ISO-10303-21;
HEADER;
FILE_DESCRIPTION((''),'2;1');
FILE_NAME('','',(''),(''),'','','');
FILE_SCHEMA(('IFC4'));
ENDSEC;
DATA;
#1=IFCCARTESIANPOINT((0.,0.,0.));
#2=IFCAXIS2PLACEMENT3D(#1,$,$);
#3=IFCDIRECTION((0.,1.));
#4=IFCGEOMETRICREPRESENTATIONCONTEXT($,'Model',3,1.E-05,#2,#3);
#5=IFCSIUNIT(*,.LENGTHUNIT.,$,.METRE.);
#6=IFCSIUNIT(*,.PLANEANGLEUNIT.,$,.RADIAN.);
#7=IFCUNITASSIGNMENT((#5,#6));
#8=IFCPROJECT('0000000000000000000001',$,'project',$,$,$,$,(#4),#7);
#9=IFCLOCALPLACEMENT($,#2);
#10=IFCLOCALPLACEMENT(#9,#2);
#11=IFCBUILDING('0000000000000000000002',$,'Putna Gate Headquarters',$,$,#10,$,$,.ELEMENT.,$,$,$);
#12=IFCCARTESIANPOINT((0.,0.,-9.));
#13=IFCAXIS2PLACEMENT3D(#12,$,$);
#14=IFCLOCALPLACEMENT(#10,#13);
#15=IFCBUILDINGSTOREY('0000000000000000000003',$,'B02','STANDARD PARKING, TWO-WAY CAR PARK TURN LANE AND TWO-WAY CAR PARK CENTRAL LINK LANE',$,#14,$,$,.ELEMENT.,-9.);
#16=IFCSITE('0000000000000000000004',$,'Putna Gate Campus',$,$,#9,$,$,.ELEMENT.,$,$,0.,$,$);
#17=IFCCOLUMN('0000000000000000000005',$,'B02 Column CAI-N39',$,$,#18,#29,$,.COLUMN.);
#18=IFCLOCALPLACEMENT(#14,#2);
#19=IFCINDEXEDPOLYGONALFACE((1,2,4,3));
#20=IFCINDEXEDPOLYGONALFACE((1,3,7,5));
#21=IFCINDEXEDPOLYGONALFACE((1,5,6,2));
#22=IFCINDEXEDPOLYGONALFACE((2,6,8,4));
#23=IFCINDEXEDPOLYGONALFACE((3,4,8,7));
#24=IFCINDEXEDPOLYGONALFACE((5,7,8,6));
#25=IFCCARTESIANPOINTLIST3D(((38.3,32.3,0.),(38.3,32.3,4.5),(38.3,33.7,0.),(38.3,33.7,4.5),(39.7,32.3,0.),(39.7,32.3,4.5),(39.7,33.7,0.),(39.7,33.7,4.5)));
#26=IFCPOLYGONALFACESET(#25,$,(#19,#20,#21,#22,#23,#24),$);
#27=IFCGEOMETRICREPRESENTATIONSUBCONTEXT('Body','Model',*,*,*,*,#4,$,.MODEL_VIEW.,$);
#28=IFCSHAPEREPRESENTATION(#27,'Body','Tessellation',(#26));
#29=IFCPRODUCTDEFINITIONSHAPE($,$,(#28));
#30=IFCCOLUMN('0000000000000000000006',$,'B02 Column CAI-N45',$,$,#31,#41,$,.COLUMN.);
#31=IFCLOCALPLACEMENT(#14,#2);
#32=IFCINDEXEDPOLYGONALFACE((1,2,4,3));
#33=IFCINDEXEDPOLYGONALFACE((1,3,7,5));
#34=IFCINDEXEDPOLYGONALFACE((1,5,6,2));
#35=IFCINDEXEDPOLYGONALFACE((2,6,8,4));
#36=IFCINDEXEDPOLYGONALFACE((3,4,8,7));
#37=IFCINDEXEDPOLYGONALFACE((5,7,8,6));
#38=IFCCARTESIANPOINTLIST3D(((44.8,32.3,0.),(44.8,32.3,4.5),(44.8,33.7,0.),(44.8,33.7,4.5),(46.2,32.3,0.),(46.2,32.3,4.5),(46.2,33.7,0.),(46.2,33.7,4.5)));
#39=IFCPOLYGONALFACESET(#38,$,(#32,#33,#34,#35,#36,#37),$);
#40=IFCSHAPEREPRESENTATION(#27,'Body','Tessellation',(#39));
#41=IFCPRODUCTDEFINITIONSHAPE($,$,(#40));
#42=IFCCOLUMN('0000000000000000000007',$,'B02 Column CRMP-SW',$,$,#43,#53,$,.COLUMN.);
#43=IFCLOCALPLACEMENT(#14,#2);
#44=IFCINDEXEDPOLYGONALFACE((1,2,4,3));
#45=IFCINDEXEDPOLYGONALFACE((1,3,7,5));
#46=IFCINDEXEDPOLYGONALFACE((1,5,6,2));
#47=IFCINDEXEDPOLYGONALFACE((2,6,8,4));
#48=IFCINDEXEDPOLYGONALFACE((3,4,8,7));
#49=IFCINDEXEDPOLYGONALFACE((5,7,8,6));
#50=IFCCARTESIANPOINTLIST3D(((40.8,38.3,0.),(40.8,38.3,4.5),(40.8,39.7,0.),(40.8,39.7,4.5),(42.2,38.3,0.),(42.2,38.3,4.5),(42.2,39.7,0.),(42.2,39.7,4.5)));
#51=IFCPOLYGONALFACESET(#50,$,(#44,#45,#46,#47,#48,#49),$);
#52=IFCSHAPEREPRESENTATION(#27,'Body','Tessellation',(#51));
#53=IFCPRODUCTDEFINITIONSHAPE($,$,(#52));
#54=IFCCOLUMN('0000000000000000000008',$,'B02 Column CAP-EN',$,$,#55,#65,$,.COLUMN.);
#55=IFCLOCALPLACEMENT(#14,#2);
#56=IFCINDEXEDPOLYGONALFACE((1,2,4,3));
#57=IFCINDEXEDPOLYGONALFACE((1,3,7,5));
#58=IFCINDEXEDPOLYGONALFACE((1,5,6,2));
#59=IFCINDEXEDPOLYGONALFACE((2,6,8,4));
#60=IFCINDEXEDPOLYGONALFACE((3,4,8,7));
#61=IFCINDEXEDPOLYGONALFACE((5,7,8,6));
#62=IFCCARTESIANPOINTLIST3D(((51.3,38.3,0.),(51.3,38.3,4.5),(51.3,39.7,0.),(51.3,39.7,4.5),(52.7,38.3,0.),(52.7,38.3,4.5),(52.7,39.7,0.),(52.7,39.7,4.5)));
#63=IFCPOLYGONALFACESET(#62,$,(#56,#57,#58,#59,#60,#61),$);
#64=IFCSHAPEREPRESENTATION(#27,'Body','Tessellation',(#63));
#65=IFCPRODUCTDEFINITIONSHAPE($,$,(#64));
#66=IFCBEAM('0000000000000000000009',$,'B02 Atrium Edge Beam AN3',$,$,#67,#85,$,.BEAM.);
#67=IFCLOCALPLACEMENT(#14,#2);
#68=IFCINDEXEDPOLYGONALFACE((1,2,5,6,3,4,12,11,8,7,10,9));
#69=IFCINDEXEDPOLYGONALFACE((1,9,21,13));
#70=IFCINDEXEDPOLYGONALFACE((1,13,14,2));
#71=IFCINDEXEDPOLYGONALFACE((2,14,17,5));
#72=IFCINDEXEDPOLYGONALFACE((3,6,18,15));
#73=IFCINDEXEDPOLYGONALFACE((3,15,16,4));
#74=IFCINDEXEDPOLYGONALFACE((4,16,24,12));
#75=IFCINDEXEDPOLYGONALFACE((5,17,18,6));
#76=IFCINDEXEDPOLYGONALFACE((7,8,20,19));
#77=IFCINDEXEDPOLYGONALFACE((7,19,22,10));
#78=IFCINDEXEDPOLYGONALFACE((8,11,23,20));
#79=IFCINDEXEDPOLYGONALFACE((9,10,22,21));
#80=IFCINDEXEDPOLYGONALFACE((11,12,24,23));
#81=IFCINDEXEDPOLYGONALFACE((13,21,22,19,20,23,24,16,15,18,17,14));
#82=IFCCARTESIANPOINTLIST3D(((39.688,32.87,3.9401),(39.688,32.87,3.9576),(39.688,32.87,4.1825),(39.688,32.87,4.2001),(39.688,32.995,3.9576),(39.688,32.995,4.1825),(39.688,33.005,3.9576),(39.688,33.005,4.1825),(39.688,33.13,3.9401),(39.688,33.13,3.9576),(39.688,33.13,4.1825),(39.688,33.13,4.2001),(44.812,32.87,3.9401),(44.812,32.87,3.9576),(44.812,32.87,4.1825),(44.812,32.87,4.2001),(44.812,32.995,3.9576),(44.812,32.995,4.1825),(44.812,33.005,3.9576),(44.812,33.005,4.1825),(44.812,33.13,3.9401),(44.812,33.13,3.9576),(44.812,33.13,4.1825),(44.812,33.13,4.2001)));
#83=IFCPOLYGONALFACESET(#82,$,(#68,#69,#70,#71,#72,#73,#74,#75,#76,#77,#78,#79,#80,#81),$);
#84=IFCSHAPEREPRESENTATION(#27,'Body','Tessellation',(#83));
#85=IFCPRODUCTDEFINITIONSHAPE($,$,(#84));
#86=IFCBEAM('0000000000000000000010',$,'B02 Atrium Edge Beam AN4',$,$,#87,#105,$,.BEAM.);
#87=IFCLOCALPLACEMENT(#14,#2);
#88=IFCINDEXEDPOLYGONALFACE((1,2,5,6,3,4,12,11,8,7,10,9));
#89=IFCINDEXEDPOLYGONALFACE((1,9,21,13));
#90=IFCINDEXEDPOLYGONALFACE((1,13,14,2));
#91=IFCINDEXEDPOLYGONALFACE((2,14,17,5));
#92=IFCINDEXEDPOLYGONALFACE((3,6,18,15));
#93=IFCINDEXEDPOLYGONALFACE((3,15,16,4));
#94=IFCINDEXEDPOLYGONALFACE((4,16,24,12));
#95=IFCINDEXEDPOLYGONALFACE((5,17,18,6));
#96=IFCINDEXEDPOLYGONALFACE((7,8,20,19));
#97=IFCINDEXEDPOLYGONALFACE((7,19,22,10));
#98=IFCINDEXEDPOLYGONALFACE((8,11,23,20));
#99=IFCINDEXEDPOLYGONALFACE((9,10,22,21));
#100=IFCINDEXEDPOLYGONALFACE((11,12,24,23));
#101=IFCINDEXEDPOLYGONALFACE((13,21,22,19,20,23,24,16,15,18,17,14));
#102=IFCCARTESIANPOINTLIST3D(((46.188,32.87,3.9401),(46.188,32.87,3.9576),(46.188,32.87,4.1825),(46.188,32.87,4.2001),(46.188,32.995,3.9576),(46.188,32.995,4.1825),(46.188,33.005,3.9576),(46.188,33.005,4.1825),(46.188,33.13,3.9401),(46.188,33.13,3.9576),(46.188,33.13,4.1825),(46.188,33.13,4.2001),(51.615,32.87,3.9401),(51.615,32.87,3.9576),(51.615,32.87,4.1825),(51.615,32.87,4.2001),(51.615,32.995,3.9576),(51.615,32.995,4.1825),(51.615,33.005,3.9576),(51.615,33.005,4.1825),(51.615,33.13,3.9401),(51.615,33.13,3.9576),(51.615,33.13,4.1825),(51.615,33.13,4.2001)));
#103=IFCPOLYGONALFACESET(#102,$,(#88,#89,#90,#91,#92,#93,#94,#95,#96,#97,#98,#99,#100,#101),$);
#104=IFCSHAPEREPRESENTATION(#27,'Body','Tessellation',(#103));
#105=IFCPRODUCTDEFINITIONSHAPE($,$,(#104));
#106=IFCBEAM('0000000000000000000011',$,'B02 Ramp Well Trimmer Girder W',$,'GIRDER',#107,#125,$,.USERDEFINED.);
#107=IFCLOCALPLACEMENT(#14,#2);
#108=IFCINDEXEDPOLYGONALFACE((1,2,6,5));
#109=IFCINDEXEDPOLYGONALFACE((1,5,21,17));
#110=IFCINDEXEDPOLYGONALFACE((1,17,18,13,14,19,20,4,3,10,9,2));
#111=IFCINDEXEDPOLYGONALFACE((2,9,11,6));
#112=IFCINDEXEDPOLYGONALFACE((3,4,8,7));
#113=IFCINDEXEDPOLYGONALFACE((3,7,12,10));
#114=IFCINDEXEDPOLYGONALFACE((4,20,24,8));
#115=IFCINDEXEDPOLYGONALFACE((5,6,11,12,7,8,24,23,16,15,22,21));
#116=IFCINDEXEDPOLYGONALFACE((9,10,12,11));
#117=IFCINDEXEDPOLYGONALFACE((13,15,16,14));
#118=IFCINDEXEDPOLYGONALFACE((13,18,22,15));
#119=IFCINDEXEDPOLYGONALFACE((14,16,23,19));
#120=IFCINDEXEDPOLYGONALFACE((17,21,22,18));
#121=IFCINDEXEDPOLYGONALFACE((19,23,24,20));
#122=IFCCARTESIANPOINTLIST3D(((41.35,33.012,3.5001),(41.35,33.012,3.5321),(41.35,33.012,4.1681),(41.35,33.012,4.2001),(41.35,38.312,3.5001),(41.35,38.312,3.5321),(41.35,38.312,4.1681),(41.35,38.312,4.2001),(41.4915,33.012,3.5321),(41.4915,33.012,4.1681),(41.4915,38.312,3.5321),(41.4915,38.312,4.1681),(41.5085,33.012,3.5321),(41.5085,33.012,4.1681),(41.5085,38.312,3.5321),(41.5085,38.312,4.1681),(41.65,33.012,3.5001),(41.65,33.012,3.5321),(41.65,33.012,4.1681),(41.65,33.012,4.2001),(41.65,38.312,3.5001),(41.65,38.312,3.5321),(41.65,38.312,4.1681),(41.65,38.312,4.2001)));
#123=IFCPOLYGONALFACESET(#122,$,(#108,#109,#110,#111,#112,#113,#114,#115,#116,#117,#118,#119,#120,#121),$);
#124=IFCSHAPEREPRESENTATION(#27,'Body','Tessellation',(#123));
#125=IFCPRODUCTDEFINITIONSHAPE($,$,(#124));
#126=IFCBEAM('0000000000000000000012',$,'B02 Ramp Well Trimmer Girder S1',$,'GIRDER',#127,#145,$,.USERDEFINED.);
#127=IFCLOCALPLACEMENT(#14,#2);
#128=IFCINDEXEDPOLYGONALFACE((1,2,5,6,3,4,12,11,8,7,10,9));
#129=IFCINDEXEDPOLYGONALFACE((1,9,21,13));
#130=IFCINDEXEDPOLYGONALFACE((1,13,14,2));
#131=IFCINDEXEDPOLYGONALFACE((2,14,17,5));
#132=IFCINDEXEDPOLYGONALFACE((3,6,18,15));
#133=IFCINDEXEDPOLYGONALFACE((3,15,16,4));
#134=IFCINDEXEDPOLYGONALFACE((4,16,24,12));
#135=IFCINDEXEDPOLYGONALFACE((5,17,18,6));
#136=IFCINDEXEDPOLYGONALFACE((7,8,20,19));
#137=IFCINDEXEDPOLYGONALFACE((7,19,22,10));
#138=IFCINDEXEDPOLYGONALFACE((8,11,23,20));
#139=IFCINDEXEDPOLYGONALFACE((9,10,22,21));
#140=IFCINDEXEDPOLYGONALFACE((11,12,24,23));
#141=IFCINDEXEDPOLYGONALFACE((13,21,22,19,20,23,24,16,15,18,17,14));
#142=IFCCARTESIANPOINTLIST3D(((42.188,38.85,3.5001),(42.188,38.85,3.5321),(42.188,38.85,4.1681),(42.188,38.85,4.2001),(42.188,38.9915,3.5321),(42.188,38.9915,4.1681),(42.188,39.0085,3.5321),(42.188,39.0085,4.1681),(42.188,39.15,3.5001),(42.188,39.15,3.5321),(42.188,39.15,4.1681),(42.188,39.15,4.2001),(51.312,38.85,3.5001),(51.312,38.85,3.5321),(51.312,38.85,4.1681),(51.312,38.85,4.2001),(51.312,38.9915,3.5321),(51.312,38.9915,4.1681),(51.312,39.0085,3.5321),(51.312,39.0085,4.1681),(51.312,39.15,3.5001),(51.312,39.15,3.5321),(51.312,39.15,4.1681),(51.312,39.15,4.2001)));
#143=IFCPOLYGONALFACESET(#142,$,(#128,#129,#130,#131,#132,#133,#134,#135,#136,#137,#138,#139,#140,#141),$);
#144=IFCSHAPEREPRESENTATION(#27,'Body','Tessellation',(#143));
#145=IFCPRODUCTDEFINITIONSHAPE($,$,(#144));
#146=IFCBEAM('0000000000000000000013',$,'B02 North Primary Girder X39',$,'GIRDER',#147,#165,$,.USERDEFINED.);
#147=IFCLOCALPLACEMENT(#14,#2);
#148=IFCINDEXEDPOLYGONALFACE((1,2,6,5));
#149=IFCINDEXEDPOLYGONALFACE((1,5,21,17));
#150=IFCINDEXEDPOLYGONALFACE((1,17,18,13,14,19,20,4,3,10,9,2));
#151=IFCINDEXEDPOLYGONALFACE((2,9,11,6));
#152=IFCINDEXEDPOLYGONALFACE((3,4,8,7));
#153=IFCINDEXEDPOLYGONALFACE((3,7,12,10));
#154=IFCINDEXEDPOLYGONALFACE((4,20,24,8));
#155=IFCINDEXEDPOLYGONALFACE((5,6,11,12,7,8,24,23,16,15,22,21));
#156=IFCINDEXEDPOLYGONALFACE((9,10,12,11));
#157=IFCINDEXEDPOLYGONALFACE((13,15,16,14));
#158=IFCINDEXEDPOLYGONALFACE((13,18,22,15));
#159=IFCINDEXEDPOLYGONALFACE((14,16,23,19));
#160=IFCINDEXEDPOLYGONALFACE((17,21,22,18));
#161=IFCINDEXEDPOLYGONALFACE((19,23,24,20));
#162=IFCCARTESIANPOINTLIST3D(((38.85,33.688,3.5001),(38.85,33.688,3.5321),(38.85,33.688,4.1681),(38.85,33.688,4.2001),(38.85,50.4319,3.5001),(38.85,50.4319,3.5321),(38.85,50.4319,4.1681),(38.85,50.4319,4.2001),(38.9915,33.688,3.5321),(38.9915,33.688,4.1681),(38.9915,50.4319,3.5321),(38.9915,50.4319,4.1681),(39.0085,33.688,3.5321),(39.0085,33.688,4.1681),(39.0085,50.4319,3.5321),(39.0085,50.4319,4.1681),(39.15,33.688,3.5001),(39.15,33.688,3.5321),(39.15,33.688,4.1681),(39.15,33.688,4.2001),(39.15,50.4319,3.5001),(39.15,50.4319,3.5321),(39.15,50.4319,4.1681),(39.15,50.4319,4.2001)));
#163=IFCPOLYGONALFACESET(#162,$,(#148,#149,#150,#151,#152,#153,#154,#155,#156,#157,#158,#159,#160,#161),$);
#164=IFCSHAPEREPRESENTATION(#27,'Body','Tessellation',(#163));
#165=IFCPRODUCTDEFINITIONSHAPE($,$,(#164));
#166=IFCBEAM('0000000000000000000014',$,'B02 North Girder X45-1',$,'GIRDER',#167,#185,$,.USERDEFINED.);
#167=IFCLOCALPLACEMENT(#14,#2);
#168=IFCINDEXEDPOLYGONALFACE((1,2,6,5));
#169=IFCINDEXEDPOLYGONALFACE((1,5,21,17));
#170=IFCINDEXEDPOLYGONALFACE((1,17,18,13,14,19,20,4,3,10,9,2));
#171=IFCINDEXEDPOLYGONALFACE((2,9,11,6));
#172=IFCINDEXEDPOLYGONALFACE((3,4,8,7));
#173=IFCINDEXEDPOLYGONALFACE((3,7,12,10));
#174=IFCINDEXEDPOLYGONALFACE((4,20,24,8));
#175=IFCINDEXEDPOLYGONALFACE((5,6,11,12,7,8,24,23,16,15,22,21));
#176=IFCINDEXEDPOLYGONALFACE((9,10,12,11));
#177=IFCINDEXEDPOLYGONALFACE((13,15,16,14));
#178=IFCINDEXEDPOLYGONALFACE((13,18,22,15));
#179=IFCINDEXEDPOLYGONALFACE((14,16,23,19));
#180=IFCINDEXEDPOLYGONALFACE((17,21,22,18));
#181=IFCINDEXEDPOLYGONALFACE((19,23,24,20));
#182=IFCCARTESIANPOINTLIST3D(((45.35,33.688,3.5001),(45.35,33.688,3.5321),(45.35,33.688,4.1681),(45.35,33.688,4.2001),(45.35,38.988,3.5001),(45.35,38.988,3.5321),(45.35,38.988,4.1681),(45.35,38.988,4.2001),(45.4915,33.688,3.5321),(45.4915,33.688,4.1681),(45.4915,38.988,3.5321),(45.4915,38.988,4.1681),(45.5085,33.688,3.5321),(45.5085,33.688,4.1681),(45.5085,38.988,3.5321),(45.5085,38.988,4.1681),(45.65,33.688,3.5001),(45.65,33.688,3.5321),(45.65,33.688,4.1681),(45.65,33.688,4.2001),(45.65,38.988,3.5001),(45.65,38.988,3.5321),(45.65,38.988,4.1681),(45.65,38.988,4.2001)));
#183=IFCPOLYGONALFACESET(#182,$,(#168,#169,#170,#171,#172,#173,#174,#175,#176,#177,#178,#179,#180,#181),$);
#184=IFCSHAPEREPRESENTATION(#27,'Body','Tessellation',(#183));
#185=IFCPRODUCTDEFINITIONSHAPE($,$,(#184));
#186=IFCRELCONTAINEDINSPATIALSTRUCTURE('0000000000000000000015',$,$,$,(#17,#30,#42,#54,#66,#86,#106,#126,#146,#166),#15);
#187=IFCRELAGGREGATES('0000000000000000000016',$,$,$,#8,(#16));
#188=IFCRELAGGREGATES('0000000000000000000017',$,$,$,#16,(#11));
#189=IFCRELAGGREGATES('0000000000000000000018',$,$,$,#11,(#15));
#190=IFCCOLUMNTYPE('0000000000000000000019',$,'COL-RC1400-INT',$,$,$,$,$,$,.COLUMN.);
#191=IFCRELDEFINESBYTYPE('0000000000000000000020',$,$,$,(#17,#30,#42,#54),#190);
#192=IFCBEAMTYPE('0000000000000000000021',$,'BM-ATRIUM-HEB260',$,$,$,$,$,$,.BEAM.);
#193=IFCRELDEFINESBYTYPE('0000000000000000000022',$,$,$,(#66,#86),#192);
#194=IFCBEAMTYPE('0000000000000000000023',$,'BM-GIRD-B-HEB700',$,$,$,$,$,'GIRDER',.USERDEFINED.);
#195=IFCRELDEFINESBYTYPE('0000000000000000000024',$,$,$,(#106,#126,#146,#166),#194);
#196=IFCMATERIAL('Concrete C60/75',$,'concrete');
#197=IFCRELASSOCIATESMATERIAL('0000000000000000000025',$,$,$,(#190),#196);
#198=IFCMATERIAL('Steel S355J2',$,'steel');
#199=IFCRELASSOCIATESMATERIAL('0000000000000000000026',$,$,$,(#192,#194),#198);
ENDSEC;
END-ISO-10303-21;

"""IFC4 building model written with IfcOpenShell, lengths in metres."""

from ifc_helpers import new_model, si_unit, direction, frame, origin, origin_2d, place, context, subcontext, project, spatial, rectangle, i_section, extrude, material, material_profile, profile_set, type_object, element, save


model = new_model("IFC4")

# Units and contexts
model_context = context("Model", 3, precision=1e-05, world=origin(), true_north=direction((0.0, 1.0)))
body_context = subcontext(model_context, "Body", "Model", "MODEL_VIEW")
ifc_project = project(units=[si_unit("LENGTHUNIT", "METRE"), si_unit("PLANEANGLEUNIT", "RADIAN")], contexts=[model_context])

# Site, building, storey
site_placement = place(None, origin())
site = spatial("IfcSite", under=ifc_project, at=site_placement, Name="Putna Gate Campus", CompositionType="ELEMENT", RefElevation=0.0)
building_placement = place(site_placement, origin())
building = spatial("IfcBuilding", under=site, at=building_placement, Name="Putna Gate Headquarters", CompositionType="ELEMENT")
storey_placement = place(building_placement, frame((0.0, 0.0, -9.0)))
storey = spatial("IfcBuildingStorey", under=building, at=storey_placement, Name="B02", Description="STANDARD PARKING, TWO-WAY CAR PARK TURN LANE AND TWO-WAY CAR PARK CENTRAL LINK LANE", CompositionType="ELEMENT", Elevation=-9.0)

# Columns
ifc_material_1 = material(Name="Concrete C60/75", Category="concrete")
ifc_material_profile_1 = material_profile(ifc_material_1, rectangle(XDim=1.3999, YDim=1.3999, at=origin_2d()), Name="Concrete C60/75")
ifc_profile_set_1 = profile_set([ifc_material_profile_1], Name="Concrete C60/75")
column_type = type_object("IfcColumnType", Name="COL-RC1400-INT", PredefinedType="COLUMN", material=ifc_profile_set_1)
for number, where, z_axis, x_axis, name in (
    (1, (39.0, 33.0, 0.0), (0.0, 0.0, 1.0), (1.0, 0.0, 0.0), "B02 Column CAI-N39"),
    (2, (45.5, 33.0, 0.0), (0.0, 0.0, 1.0), (1.0, 0.0, 0.0), "B02 Column CAI-N45"),
    (3, (41.5, 39.0, 0.0), (0.0, 0.0, 1.0), (1.0, 0.0, 0.0), "B02 Column CRMP-SW"),
    (4, (52.0, 39.0, 0.0), (0.0, 0.0, 1.0), (1.0, 0.0, 0.0), "B02 Column CAP-EN"),
):
    element("IfcColumn", number, at=place(storey_placement, frame(where, z_axis=z_axis, x_axis=x_axis)), inside=storey, type_object=column_type, Name=name, PredefinedType="COLUMN", context=body_context, shape_type="SweptSolid", body=[
        extrude(rectangle(XDim=1.3999, YDim=1.3999, at=origin_2d()), origin(), (0.0, 0.0, 1.0), 4.5),
    ])

# Beams
ifc_material_2 = material(Name="Steel S355J2", Category="steel")
ifc_material_profile_2 = material_profile(ifc_material_2, i_section(OverallWidth=0.26, OverallDepth=0.26, WebThickness=0.01, FlangeThickness=0.0176, at=origin_2d()), Name="Steel S355J2")
ifc_profile_set_2 = profile_set([ifc_material_profile_2], Name="Steel S355J2")
beam_type_1 = type_object("IfcBeamType", Name="BM-ATRIUM-HEB260", PredefinedType="BEAM", material=ifc_profile_set_2)
beam_1_placement = place(storey_placement, frame((39.688, 33.0, 4.0701), z_axis=(1.0, 0.0, 0.0), x_axis=(0.0, 1.0, 0.0)))
element("IfcBeam", 5, at=beam_1_placement, inside=storey, type_object=beam_type_1, Name="B02 Atrium Edge Beam AN3", PredefinedType="BEAM", context=body_context, shape_type="SweptSolid", body=[
    extrude(i_section(OverallWidth=0.26, OverallDepth=0.26, WebThickness=0.01, FlangeThickness=0.0176, at=origin_2d()), origin(), (0.0, 0.0, 1.0), 5.124),
])
beam_2_placement = place(storey_placement, frame((46.188, 33.0, 4.0701), z_axis=(1.0, 0.0, 0.0), x_axis=(0.0, 1.0, 0.0)))
element("IfcBeam", 6, at=beam_2_placement, inside=storey, type_object=beam_type_1, Name="B02 Atrium Edge Beam AN4", PredefinedType="BEAM", context=body_context, shape_type="SweptSolid", body=[
    extrude(i_section(OverallWidth=0.26, OverallDepth=0.26, WebThickness=0.01, FlangeThickness=0.0176, at=origin_2d()), origin(), (0.0, 0.0, 1.0), 5.427),
])
ifc_material_profile_3 = material_profile(ifc_material_2, i_section(OverallWidth=0.3, OverallDepth=0.7, WebThickness=0.0171, FlangeThickness=0.032, at=origin_2d()), Name="Steel S355J2")
ifc_profile_set_3 = profile_set([ifc_material_profile_3], Name="Steel S355J2")
beam_type_2 = type_object("IfcBeamType", Name="BM-GIRD-B-HEB700", ElementType="GIRDER", PredefinedType="USERDEFINED", material=ifc_profile_set_3)
beam_3_placement = place(storey_placement, frame((41.5, 33.012, 3.8501), z_axis=(0.0, 1.0, 0.0), x_axis=(-1.0, 0.0, 0.0)))
element("IfcBeam", 7, at=beam_3_placement, inside=storey, type_object=beam_type_2, Name="B02 Ramp Well Trimmer Girder W", ObjectType="GIRDER", PredefinedType="USERDEFINED", context=body_context, shape_type="SweptSolid", body=[
    extrude(i_section(OverallWidth=0.3, OverallDepth=0.7, WebThickness=0.0171, FlangeThickness=0.032, at=origin_2d()), origin(), (0.0, 0.0, 1.0), 5.3),
])
beam_4_placement = place(storey_placement, frame((42.188, 39.0, 3.8501), z_axis=(1.0, 0.0, 0.0), x_axis=(0.0, 1.0, 0.0)))
element("IfcBeam", 8, at=beam_4_placement, inside=storey, type_object=beam_type_2, Name="B02 Ramp Well Trimmer Girder S1", ObjectType="GIRDER", PredefinedType="USERDEFINED", context=body_context, shape_type="SweptSolid", body=[
    extrude(i_section(OverallWidth=0.3, OverallDepth=0.7, WebThickness=0.0171, FlangeThickness=0.032, at=origin_2d()), origin(), (0.0, 0.0, 1.0), 9.124),
])
beam_5_placement = place(storey_placement, frame((39.0, 33.688, 3.8501), z_axis=(0.0, 1.0, 0.0), x_axis=(-1.0, 0.0, 0.0)))
element("IfcBeam", 9, at=beam_5_placement, inside=storey, type_object=beam_type_2, Name="B02 North Primary Girder X39", ObjectType="GIRDER", PredefinedType="USERDEFINED", context=body_context, shape_type="SweptSolid", body=[
    extrude(i_section(OverallWidth=0.3, OverallDepth=0.7, WebThickness=0.0171, FlangeThickness=0.032, at=origin_2d()), origin(), (0.0, 0.0, 1.0), 16.7439),
])
beam_6_placement = place(storey_placement, frame((45.5, 33.688, 3.8501), z_axis=(0.0, 1.0, 0.0), x_axis=(-1.0, 0.0, 0.0)))
element("IfcBeam", 10, at=beam_6_placement, inside=storey, type_object=beam_type_2, Name="B02 North Girder X45-1", ObjectType="GIRDER", PredefinedType="USERDEFINED", context=body_context, shape_type="SweptSolid", body=[
    extrude(i_section(OverallWidth=0.3, OverallDepth=0.7, WebThickness=0.0171, FlangeThickness=0.032, at=origin_2d()), origin(), (0.0, 0.0, 1.0), 5.3),
])

save(model, "model.ifc")
